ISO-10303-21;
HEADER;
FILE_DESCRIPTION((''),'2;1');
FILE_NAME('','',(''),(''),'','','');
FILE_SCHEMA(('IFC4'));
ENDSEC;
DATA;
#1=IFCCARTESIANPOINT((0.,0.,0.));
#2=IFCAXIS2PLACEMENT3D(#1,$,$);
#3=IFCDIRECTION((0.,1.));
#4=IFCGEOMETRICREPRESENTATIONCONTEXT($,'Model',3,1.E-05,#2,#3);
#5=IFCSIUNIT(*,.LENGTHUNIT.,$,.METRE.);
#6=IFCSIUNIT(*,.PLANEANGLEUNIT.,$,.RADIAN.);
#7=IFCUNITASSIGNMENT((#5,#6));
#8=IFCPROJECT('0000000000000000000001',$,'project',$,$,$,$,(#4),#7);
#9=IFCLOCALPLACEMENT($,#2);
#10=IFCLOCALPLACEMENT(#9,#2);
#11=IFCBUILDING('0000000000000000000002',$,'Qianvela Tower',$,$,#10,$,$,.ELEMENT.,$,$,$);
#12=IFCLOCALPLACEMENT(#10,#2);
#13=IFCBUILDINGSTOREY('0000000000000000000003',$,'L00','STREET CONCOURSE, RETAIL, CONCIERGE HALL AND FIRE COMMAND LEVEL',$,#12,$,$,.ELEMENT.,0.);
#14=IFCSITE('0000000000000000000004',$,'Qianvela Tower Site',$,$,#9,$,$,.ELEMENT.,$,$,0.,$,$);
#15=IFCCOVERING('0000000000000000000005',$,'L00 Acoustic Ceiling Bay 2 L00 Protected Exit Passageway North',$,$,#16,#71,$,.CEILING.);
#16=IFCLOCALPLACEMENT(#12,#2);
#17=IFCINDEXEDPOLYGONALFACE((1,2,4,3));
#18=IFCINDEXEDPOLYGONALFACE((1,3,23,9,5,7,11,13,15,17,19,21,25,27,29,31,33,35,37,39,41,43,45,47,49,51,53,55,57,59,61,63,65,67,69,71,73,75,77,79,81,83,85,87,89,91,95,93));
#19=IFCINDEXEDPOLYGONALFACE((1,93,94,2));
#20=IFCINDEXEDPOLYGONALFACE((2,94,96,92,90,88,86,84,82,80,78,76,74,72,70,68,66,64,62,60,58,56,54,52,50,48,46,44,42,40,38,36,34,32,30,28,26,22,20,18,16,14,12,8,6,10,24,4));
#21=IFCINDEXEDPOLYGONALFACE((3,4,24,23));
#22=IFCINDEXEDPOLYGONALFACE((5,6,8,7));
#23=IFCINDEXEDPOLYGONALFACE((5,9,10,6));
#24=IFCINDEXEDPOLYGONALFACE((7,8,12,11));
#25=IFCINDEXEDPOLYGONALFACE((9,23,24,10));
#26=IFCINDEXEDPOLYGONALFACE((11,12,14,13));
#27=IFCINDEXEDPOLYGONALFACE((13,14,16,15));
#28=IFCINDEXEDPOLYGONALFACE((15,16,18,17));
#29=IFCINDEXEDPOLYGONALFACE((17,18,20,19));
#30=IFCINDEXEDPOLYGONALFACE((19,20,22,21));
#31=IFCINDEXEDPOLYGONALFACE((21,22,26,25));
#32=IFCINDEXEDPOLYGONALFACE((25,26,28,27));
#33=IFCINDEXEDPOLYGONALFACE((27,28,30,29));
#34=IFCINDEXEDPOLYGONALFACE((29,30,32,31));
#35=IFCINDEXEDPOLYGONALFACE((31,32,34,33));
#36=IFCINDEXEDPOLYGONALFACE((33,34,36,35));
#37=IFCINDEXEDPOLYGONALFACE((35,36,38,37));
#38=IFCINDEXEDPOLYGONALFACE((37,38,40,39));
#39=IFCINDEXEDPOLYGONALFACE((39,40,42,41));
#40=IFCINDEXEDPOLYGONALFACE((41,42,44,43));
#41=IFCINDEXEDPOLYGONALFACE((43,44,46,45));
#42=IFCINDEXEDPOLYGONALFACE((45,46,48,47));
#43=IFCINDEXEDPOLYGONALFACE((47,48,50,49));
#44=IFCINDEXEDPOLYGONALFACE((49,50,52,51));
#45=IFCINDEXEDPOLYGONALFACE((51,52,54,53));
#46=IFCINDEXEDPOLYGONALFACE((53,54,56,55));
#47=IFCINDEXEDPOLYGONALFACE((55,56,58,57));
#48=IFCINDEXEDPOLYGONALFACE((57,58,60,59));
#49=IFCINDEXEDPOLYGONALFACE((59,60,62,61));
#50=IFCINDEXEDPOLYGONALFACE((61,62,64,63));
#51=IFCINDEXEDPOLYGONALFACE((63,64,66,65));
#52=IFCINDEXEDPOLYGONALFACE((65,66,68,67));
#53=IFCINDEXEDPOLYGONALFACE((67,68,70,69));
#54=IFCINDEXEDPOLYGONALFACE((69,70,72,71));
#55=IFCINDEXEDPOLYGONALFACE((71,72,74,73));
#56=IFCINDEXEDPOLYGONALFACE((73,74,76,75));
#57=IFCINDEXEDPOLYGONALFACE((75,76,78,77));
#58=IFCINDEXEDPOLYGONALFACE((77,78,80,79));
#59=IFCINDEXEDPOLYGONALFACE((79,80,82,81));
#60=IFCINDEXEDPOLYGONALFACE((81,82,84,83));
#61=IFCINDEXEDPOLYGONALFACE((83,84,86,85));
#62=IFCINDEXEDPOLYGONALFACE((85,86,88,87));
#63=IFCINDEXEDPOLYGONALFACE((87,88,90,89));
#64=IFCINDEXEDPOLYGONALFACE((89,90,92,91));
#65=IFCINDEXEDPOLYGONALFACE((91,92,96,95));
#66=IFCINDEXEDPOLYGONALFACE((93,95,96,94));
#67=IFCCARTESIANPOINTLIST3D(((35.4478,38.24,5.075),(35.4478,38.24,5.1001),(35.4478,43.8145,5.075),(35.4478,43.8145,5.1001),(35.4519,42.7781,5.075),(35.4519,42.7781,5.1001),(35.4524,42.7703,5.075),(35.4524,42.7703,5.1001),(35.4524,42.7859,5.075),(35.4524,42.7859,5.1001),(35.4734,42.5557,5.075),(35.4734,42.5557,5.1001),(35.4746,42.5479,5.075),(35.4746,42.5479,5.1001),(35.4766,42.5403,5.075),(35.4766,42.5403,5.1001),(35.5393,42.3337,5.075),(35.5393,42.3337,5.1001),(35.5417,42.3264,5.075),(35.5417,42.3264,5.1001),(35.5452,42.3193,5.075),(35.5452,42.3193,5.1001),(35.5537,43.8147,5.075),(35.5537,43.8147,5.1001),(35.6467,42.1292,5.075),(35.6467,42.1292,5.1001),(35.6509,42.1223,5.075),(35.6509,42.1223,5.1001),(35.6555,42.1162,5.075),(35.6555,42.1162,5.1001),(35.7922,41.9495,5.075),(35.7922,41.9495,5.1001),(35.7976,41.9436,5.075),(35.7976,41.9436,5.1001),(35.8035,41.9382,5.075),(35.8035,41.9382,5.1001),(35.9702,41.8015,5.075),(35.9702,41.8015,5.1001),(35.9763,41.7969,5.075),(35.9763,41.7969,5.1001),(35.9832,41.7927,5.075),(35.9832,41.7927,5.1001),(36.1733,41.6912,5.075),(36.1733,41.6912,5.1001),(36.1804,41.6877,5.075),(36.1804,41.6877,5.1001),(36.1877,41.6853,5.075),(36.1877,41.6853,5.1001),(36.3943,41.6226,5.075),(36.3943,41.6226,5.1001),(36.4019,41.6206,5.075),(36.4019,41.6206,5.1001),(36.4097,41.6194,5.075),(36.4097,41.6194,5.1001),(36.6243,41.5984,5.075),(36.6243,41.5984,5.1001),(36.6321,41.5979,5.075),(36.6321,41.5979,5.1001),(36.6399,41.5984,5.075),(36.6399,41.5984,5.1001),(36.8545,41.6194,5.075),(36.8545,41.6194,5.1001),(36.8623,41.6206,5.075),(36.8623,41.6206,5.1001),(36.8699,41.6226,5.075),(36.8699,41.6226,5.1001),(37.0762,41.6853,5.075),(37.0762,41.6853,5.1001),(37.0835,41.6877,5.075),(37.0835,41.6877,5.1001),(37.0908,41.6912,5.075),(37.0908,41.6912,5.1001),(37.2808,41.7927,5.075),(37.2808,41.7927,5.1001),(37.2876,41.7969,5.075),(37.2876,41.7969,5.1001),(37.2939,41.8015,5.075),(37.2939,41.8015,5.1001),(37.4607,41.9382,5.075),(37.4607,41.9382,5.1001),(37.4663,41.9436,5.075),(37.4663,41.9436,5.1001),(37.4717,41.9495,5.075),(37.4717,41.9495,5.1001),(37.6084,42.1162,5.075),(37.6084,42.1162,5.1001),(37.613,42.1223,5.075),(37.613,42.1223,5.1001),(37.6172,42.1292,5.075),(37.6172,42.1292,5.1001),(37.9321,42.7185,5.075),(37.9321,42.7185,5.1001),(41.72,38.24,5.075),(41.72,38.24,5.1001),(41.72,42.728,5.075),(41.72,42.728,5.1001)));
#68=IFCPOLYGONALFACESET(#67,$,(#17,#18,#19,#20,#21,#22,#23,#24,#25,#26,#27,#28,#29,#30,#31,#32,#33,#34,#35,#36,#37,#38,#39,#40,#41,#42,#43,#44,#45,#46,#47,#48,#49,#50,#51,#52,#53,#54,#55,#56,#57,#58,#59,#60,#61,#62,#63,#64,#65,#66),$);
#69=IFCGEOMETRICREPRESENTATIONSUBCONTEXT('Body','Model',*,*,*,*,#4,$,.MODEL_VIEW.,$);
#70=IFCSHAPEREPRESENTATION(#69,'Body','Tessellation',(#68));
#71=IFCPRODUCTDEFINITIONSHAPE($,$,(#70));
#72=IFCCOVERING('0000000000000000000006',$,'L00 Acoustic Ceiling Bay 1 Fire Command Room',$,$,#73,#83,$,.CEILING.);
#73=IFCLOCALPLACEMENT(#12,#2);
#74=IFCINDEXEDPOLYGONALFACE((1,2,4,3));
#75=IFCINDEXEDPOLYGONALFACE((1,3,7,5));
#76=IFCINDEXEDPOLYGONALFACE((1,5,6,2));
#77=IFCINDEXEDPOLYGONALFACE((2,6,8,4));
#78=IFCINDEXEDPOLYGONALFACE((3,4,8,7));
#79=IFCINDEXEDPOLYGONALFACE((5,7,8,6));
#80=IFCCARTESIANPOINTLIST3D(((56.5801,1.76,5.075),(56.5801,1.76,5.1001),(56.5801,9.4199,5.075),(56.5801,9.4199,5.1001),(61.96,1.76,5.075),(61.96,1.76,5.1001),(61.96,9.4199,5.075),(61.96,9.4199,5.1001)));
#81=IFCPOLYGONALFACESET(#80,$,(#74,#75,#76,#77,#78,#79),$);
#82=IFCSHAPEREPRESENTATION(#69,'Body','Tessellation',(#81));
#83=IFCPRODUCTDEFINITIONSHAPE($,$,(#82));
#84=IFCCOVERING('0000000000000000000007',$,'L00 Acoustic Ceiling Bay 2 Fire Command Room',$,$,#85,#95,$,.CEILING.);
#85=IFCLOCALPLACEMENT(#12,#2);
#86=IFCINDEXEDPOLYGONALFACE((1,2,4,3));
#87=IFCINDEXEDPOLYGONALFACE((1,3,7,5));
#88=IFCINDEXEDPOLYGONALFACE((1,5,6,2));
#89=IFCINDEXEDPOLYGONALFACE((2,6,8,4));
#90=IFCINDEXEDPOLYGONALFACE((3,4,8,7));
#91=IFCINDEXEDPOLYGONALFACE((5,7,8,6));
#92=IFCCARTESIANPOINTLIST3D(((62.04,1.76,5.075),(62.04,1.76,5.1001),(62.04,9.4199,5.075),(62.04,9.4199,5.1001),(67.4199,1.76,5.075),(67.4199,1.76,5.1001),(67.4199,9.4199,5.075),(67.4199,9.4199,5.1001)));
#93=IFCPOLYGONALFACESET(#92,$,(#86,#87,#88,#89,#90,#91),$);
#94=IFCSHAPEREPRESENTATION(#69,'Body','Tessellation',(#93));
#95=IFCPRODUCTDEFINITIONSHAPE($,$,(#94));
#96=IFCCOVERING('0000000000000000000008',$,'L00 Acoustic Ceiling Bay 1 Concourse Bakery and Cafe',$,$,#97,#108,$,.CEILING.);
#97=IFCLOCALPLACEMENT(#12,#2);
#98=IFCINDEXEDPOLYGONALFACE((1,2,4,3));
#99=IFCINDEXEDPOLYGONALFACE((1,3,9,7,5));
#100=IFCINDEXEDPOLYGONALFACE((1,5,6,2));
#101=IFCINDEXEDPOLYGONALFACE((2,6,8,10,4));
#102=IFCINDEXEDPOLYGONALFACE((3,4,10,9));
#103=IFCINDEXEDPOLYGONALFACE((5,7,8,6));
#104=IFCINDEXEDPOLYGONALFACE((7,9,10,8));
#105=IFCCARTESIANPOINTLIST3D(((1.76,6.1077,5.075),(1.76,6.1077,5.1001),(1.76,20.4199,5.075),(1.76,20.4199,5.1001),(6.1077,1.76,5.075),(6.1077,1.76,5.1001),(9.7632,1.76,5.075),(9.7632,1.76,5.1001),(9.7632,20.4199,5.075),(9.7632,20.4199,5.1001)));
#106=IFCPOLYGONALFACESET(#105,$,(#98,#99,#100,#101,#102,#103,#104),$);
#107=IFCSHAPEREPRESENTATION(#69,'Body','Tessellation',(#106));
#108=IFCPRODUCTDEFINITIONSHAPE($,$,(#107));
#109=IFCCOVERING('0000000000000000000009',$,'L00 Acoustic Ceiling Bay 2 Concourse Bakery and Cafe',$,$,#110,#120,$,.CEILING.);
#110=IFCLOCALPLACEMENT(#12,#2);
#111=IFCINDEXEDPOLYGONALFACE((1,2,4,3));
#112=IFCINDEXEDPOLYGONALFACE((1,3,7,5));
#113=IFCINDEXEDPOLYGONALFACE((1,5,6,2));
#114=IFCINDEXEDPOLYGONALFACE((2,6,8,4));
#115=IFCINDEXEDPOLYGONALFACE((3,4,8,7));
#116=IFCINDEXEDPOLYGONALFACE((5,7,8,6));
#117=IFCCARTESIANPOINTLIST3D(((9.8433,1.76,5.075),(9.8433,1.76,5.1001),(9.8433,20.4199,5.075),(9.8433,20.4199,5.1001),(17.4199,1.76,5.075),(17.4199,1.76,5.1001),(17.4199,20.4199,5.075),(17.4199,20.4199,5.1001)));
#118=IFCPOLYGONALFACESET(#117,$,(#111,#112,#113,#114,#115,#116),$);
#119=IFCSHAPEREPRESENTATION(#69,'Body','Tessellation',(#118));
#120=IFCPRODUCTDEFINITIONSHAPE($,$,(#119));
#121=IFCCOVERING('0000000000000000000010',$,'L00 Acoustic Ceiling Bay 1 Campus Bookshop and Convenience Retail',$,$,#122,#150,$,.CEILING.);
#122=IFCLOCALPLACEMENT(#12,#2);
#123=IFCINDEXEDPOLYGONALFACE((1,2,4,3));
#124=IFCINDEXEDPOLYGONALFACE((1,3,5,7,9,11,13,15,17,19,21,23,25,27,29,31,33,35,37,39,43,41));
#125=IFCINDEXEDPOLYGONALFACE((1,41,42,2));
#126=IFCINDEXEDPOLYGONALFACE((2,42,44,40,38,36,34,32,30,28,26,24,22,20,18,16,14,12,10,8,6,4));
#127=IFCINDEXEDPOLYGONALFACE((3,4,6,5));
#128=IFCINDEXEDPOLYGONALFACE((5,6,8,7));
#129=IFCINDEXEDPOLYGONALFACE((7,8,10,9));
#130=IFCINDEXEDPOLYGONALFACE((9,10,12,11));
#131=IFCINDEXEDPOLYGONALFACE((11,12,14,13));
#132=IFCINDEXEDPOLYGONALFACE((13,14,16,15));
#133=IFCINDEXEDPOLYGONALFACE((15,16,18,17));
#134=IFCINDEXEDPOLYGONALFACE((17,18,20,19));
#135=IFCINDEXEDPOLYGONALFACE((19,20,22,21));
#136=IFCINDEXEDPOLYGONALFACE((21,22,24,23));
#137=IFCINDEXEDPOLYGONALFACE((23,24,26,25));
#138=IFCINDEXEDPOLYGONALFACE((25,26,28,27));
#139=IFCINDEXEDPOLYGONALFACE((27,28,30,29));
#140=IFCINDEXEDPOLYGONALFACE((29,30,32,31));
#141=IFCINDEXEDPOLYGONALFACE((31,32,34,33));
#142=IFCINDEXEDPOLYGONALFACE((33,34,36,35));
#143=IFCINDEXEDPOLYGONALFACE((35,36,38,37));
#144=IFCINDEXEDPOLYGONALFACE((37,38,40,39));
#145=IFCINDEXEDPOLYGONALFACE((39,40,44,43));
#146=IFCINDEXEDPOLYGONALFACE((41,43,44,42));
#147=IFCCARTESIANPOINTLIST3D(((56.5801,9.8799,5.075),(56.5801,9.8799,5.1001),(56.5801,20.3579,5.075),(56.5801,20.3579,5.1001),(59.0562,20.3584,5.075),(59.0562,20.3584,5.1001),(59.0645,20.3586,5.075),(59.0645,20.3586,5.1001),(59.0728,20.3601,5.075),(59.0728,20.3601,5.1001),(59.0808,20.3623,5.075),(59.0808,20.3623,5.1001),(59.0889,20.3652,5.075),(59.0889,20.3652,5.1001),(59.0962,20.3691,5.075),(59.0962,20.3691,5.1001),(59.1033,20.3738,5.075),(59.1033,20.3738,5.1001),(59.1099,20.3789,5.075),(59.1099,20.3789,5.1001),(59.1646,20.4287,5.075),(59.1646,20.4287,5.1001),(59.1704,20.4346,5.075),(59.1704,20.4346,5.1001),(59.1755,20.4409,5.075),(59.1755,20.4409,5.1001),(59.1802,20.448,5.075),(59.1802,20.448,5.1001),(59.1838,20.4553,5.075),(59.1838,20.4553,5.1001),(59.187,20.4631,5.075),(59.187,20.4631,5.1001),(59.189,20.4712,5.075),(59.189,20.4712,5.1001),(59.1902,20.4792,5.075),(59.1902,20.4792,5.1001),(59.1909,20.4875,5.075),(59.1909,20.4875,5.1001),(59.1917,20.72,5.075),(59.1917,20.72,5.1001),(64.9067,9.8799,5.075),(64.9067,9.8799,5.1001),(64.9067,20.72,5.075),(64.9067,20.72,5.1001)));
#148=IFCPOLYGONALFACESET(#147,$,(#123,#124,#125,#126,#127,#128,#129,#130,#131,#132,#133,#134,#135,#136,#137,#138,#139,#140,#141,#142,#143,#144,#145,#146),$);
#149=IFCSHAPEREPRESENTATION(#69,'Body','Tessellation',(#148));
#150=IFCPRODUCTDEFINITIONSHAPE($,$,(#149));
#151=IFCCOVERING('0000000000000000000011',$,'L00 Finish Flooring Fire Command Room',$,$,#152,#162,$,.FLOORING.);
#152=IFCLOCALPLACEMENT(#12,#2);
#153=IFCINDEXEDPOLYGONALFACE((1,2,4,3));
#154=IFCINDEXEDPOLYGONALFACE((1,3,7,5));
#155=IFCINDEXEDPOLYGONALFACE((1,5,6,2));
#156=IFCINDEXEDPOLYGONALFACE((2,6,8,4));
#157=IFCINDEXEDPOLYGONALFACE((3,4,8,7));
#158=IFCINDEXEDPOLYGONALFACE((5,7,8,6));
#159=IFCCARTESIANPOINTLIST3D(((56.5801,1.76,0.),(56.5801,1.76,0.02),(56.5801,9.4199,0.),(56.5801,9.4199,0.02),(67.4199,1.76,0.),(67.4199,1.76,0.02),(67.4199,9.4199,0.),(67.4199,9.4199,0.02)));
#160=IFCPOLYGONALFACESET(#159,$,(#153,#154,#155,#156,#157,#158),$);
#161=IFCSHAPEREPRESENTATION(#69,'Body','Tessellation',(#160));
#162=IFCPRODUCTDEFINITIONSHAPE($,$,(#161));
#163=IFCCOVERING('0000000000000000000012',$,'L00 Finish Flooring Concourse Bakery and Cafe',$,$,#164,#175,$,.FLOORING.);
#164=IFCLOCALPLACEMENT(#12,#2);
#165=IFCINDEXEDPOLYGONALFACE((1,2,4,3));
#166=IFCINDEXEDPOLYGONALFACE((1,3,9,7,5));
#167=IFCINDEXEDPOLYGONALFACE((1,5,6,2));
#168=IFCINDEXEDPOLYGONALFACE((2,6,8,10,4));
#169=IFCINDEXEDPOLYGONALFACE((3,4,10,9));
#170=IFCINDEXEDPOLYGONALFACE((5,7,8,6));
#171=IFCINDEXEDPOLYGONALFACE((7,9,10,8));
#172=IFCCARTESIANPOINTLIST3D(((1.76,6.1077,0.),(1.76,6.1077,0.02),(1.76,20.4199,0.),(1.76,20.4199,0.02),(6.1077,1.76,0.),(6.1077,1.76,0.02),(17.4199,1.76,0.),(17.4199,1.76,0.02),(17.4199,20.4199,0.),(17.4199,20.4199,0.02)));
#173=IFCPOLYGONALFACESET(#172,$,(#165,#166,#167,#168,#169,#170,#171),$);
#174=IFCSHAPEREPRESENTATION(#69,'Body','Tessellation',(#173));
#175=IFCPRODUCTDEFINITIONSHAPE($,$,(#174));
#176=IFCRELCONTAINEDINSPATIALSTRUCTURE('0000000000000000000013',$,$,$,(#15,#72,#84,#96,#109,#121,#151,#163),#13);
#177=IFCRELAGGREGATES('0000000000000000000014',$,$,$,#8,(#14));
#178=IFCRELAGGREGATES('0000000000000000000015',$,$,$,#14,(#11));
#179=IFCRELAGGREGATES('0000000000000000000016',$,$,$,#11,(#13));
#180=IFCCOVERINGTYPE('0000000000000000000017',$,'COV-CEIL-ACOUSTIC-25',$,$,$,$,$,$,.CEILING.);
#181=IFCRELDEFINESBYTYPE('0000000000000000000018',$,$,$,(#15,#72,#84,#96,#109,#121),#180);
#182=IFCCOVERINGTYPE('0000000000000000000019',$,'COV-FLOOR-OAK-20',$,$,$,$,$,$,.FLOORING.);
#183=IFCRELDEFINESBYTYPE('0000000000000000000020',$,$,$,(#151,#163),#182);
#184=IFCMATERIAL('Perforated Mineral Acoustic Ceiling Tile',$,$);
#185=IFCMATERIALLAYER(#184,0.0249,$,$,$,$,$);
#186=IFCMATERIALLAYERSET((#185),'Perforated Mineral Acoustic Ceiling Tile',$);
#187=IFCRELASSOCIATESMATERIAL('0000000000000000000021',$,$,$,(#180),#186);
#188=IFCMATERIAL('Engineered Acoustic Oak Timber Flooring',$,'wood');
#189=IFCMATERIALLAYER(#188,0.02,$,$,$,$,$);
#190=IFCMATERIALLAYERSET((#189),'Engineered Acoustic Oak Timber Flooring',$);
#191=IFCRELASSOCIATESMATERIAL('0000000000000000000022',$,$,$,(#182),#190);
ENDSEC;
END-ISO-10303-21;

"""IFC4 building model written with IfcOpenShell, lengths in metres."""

from ifc_helpers import new_model, si_unit, direction, frame, origin, place, context, subcontext, project, spatial, polyline, outline, extrude, material, layer, layer_set, type_object, element, save


model = new_model("IFC4")

# Units and contexts
model_context = context("Model", 3, precision=1e-05, world=origin(), true_north=direction((0.0, 1.0)))
body_context = subcontext(model_context, "Body", "Model", "MODEL_VIEW")
ifc_project = project(units=[si_unit("LENGTHUNIT", "METRE"), si_unit("PLANEANGLEUNIT", "RADIAN")], contexts=[model_context])

# Site, building, storey
site_placement = place(None, origin())
site = spatial("IfcSite", under=ifc_project, at=site_placement, Name="Qianvela Tower Site", CompositionType="ELEMENT", RefElevation=0.0)
building_placement = place(site_placement, origin())
building = spatial("IfcBuilding", under=site, at=building_placement, Name="Qianvela Tower", CompositionType="ELEMENT")
storey_placement = place(building_placement, origin())
storey = spatial("IfcBuildingStorey", under=building, at=storey_placement, Name="L00", Description="STREET CONCOURSE, RETAIL, CONCIERGE HALL AND FIRE COMMAND LEVEL", CompositionType="ELEMENT", Elevation=0.0)

# Coverings
ifc_material_1 = material(Name="Perforated Mineral Acoustic Ceiling Tile")
ifc_layer_1 = layer(ifc_material_1, 0.0249)
ifc_layer_set_1 = layer_set([ifc_layer_1], Name="Perforated Mineral Acoustic Ceiling Tile")
covering_type_1 = type_object("IfcCoveringType", Name="COV-CEIL-ACOUSTIC-25", PredefinedType="CEILING", material=ifc_layer_set_1)
covering_1_placement = place(storey_placement, frame((0.0, 0.0, 5.075)))
element("IfcCovering", 1, at=covering_1_placement, inside=storey, type_object=covering_type_1, Name="L00 Acoustic Ceiling Bay 2 L00 Protected Exit Passageway North", PredefinedType="CEILING", context=body_context, shape_type="SweptSolid", body=[
    extrude(outline(polyline([(35.5537, 43.8147), (35.4524, 42.7859), (35.4519, 42.7781), (35.4524, 42.7703), (35.4734, 42.5557), (35.4746, 42.5479), (35.4766, 42.5403), (35.5393, 42.3337), (35.5417, 42.3264), (35.5452, 42.3193), (35.6467, 42.1292), (35.6509, 42.1223), (35.6555, 42.1162), (35.7922, 41.9495), (35.7976, 41.9436), (35.8035, 41.9382), (35.9702, 41.8015), (35.9763, 41.7969), (35.9832, 41.7927), (36.1733, 41.6912), (36.1804, 41.6877), (36.1877, 41.6853), (36.3943, 41.6226), (36.4019, 41.6206), (36.4097, 41.6194), (36.6243, 41.5984), (36.6321, 41.5979), (36.6399, 41.5984), (36.8545, 41.6194), (36.8623, 41.6206), (36.8699, 41.6226), (37.0762, 41.6853), (37.0835, 41.6877), (37.0908, 41.6912), (37.2808, 41.7927), (37.2876, 41.7969), (37.2939, 41.8015), (37.4607, 41.9382), (37.4663, 41.9436), (37.4717, 41.9495), (37.6084, 42.1162), (37.613, 42.1223), (37.6172, 42.1292), (37.9321, 42.7185), (41.72, 42.728), (41.72, 38.24), (35.4478, 38.24), (35.4478, 43.8145), (35.5537, 43.8147)])), origin(), (0.0, 0.0, 1.0), 0.0251),
])
covering_2_placement = place(storey_placement, frame((0.0, 0.0, 5.075)))
element("IfcCovering", 2, at=covering_2_placement, inside=storey, type_object=covering_type_1, Name="L00 Acoustic Ceiling Bay 1 Fire Command Room", PredefinedType="CEILING", context=body_context, shape_type="SweptSolid", body=[
    extrude(outline(polyline([(56.5801, 1.76), (56.5801, 9.4199), (61.96, 9.4199), (61.96, 1.76), (56.5801, 1.76)])), origin(), (0.0, 0.0, 1.0), 0.0251),
])
covering_3_placement = place(storey_placement, frame((0.0, 0.0, 5.075)))
element("IfcCovering", 3, at=covering_3_placement, inside=storey, type_object=covering_type_1, Name="L00 Acoustic Ceiling Bay 2 Fire Command Room", PredefinedType="CEILING", context=body_context, shape_type="SweptSolid", body=[
    extrude(outline(polyline([(62.04, 1.76), (62.04, 9.4199), (67.4199, 9.4199), (67.4199, 1.76), (62.04, 1.76)])), origin(), (0.0, 0.0, 1.0), 0.0251),
])
covering_4_placement = place(storey_placement, frame((0.0, 0.0, 5.075)))
element("IfcCovering", 4, at=covering_4_placement, inside=storey, type_object=covering_type_1, Name="L00 Acoustic Ceiling Bay 1 Concourse Bakery and Cafe", PredefinedType="CEILING", context=body_context, shape_type="SweptSolid", body=[
    extrude(outline(polyline([(1.76, 6.1077), (1.76, 20.4199), (9.7632, 20.4199), (9.7632, 1.76), (6.1077, 1.76), (1.76, 6.1077)])), origin(), (0.0, 0.0, 1.0), 0.0251),
])
covering_5_placement = place(storey_placement, frame((0.0, 0.0, 5.075)))
element("IfcCovering", 5, at=covering_5_placement, inside=storey, type_object=covering_type_1, Name="L00 Acoustic Ceiling Bay 2 Concourse Bakery and Cafe", PredefinedType="CEILING", context=body_context, shape_type="SweptSolid", body=[
    extrude(outline(polyline([(17.4199, 20.4199), (17.4199, 1.76), (9.8433, 1.76), (9.8433, 20.4199), (17.4199, 20.4199)])), origin(), (0.0, 0.0, 1.0), 0.0251),
])
covering_6_placement = place(storey_placement, frame((0.0, 0.0, 5.075)))
element("IfcCovering", 6, at=covering_6_placement, inside=storey, type_object=covering_type_1, Name="L00 Acoustic Ceiling Bay 1 Campus Bookshop and Convenience Retail", PredefinedType="CEILING", context=body_context, shape_type="SweptSolid", body=[
    extrude(outline(polyline([(56.5801, 9.8799), (56.5801, 20.3579), (59.0562, 20.3584), (59.0645, 20.3586), (59.0728, 20.3601), (59.0808, 20.3623), (59.0889, 20.3652), (59.0962, 20.3691), (59.1033, 20.3738), (59.1099, 20.3789), (59.1646, 20.4287), (59.1704, 20.4346), (59.1755, 20.4409), (59.1802, 20.448), (59.1838, 20.4553), (59.187, 20.4631), (59.189, 20.4712), (59.1902, 20.4792), (59.1909, 20.4875), (59.1917, 20.72), (64.9067, 20.72), (64.9067, 9.8799), (56.5801, 9.8799)])), origin(), (0.0, 0.0, 1.0), 0.0251),
])
ifc_material_2 = material(Name="Engineered Acoustic Oak Timber Flooring", Category="wood")
ifc_layer_2 = layer(ifc_material_2, 0.02)
ifc_layer_set_2 = layer_set([ifc_layer_2], Name="Engineered Acoustic Oak Timber Flooring")
covering_type_2 = type_object("IfcCoveringType", Name="COV-FLOOR-OAK-20", PredefinedType="FLOORING", material=ifc_layer_set_2)
covering_7_placement = place(storey_placement, origin())
element("IfcCovering", 7, at=covering_7_placement, inside=storey, type_object=covering_type_2, Name="L00 Finish Flooring Fire Command Room", PredefinedType="FLOORING", context=body_context, shape_type="SweptSolid", body=[
    extrude(outline(polyline([(67.4199, 1.76), (56.5801, 1.76), (56.5801, 9.4199), (67.4199, 9.4199), (67.4199, 1.76)])), origin(), (0.0, 0.0, 1.0), 0.02),
])
covering_8_placement = place(storey_placement, origin())
element("IfcCovering", 8, at=covering_8_placement, inside=storey, type_object=covering_type_2, Name="L00 Finish Flooring Concourse Bakery and Cafe", PredefinedType="FLOORING", context=body_context, shape_type="SweptSolid", body=[
    extrude(outline(polyline([(6.1077, 1.76), (1.76, 6.1077), (1.76, 20.4199), (17.4199, 20.4199), (17.4199, 1.76), (6.1077, 1.76)])), origin(), (0.0, 0.0, 1.0), 0.02),
])

save(model, "model.ifc")
